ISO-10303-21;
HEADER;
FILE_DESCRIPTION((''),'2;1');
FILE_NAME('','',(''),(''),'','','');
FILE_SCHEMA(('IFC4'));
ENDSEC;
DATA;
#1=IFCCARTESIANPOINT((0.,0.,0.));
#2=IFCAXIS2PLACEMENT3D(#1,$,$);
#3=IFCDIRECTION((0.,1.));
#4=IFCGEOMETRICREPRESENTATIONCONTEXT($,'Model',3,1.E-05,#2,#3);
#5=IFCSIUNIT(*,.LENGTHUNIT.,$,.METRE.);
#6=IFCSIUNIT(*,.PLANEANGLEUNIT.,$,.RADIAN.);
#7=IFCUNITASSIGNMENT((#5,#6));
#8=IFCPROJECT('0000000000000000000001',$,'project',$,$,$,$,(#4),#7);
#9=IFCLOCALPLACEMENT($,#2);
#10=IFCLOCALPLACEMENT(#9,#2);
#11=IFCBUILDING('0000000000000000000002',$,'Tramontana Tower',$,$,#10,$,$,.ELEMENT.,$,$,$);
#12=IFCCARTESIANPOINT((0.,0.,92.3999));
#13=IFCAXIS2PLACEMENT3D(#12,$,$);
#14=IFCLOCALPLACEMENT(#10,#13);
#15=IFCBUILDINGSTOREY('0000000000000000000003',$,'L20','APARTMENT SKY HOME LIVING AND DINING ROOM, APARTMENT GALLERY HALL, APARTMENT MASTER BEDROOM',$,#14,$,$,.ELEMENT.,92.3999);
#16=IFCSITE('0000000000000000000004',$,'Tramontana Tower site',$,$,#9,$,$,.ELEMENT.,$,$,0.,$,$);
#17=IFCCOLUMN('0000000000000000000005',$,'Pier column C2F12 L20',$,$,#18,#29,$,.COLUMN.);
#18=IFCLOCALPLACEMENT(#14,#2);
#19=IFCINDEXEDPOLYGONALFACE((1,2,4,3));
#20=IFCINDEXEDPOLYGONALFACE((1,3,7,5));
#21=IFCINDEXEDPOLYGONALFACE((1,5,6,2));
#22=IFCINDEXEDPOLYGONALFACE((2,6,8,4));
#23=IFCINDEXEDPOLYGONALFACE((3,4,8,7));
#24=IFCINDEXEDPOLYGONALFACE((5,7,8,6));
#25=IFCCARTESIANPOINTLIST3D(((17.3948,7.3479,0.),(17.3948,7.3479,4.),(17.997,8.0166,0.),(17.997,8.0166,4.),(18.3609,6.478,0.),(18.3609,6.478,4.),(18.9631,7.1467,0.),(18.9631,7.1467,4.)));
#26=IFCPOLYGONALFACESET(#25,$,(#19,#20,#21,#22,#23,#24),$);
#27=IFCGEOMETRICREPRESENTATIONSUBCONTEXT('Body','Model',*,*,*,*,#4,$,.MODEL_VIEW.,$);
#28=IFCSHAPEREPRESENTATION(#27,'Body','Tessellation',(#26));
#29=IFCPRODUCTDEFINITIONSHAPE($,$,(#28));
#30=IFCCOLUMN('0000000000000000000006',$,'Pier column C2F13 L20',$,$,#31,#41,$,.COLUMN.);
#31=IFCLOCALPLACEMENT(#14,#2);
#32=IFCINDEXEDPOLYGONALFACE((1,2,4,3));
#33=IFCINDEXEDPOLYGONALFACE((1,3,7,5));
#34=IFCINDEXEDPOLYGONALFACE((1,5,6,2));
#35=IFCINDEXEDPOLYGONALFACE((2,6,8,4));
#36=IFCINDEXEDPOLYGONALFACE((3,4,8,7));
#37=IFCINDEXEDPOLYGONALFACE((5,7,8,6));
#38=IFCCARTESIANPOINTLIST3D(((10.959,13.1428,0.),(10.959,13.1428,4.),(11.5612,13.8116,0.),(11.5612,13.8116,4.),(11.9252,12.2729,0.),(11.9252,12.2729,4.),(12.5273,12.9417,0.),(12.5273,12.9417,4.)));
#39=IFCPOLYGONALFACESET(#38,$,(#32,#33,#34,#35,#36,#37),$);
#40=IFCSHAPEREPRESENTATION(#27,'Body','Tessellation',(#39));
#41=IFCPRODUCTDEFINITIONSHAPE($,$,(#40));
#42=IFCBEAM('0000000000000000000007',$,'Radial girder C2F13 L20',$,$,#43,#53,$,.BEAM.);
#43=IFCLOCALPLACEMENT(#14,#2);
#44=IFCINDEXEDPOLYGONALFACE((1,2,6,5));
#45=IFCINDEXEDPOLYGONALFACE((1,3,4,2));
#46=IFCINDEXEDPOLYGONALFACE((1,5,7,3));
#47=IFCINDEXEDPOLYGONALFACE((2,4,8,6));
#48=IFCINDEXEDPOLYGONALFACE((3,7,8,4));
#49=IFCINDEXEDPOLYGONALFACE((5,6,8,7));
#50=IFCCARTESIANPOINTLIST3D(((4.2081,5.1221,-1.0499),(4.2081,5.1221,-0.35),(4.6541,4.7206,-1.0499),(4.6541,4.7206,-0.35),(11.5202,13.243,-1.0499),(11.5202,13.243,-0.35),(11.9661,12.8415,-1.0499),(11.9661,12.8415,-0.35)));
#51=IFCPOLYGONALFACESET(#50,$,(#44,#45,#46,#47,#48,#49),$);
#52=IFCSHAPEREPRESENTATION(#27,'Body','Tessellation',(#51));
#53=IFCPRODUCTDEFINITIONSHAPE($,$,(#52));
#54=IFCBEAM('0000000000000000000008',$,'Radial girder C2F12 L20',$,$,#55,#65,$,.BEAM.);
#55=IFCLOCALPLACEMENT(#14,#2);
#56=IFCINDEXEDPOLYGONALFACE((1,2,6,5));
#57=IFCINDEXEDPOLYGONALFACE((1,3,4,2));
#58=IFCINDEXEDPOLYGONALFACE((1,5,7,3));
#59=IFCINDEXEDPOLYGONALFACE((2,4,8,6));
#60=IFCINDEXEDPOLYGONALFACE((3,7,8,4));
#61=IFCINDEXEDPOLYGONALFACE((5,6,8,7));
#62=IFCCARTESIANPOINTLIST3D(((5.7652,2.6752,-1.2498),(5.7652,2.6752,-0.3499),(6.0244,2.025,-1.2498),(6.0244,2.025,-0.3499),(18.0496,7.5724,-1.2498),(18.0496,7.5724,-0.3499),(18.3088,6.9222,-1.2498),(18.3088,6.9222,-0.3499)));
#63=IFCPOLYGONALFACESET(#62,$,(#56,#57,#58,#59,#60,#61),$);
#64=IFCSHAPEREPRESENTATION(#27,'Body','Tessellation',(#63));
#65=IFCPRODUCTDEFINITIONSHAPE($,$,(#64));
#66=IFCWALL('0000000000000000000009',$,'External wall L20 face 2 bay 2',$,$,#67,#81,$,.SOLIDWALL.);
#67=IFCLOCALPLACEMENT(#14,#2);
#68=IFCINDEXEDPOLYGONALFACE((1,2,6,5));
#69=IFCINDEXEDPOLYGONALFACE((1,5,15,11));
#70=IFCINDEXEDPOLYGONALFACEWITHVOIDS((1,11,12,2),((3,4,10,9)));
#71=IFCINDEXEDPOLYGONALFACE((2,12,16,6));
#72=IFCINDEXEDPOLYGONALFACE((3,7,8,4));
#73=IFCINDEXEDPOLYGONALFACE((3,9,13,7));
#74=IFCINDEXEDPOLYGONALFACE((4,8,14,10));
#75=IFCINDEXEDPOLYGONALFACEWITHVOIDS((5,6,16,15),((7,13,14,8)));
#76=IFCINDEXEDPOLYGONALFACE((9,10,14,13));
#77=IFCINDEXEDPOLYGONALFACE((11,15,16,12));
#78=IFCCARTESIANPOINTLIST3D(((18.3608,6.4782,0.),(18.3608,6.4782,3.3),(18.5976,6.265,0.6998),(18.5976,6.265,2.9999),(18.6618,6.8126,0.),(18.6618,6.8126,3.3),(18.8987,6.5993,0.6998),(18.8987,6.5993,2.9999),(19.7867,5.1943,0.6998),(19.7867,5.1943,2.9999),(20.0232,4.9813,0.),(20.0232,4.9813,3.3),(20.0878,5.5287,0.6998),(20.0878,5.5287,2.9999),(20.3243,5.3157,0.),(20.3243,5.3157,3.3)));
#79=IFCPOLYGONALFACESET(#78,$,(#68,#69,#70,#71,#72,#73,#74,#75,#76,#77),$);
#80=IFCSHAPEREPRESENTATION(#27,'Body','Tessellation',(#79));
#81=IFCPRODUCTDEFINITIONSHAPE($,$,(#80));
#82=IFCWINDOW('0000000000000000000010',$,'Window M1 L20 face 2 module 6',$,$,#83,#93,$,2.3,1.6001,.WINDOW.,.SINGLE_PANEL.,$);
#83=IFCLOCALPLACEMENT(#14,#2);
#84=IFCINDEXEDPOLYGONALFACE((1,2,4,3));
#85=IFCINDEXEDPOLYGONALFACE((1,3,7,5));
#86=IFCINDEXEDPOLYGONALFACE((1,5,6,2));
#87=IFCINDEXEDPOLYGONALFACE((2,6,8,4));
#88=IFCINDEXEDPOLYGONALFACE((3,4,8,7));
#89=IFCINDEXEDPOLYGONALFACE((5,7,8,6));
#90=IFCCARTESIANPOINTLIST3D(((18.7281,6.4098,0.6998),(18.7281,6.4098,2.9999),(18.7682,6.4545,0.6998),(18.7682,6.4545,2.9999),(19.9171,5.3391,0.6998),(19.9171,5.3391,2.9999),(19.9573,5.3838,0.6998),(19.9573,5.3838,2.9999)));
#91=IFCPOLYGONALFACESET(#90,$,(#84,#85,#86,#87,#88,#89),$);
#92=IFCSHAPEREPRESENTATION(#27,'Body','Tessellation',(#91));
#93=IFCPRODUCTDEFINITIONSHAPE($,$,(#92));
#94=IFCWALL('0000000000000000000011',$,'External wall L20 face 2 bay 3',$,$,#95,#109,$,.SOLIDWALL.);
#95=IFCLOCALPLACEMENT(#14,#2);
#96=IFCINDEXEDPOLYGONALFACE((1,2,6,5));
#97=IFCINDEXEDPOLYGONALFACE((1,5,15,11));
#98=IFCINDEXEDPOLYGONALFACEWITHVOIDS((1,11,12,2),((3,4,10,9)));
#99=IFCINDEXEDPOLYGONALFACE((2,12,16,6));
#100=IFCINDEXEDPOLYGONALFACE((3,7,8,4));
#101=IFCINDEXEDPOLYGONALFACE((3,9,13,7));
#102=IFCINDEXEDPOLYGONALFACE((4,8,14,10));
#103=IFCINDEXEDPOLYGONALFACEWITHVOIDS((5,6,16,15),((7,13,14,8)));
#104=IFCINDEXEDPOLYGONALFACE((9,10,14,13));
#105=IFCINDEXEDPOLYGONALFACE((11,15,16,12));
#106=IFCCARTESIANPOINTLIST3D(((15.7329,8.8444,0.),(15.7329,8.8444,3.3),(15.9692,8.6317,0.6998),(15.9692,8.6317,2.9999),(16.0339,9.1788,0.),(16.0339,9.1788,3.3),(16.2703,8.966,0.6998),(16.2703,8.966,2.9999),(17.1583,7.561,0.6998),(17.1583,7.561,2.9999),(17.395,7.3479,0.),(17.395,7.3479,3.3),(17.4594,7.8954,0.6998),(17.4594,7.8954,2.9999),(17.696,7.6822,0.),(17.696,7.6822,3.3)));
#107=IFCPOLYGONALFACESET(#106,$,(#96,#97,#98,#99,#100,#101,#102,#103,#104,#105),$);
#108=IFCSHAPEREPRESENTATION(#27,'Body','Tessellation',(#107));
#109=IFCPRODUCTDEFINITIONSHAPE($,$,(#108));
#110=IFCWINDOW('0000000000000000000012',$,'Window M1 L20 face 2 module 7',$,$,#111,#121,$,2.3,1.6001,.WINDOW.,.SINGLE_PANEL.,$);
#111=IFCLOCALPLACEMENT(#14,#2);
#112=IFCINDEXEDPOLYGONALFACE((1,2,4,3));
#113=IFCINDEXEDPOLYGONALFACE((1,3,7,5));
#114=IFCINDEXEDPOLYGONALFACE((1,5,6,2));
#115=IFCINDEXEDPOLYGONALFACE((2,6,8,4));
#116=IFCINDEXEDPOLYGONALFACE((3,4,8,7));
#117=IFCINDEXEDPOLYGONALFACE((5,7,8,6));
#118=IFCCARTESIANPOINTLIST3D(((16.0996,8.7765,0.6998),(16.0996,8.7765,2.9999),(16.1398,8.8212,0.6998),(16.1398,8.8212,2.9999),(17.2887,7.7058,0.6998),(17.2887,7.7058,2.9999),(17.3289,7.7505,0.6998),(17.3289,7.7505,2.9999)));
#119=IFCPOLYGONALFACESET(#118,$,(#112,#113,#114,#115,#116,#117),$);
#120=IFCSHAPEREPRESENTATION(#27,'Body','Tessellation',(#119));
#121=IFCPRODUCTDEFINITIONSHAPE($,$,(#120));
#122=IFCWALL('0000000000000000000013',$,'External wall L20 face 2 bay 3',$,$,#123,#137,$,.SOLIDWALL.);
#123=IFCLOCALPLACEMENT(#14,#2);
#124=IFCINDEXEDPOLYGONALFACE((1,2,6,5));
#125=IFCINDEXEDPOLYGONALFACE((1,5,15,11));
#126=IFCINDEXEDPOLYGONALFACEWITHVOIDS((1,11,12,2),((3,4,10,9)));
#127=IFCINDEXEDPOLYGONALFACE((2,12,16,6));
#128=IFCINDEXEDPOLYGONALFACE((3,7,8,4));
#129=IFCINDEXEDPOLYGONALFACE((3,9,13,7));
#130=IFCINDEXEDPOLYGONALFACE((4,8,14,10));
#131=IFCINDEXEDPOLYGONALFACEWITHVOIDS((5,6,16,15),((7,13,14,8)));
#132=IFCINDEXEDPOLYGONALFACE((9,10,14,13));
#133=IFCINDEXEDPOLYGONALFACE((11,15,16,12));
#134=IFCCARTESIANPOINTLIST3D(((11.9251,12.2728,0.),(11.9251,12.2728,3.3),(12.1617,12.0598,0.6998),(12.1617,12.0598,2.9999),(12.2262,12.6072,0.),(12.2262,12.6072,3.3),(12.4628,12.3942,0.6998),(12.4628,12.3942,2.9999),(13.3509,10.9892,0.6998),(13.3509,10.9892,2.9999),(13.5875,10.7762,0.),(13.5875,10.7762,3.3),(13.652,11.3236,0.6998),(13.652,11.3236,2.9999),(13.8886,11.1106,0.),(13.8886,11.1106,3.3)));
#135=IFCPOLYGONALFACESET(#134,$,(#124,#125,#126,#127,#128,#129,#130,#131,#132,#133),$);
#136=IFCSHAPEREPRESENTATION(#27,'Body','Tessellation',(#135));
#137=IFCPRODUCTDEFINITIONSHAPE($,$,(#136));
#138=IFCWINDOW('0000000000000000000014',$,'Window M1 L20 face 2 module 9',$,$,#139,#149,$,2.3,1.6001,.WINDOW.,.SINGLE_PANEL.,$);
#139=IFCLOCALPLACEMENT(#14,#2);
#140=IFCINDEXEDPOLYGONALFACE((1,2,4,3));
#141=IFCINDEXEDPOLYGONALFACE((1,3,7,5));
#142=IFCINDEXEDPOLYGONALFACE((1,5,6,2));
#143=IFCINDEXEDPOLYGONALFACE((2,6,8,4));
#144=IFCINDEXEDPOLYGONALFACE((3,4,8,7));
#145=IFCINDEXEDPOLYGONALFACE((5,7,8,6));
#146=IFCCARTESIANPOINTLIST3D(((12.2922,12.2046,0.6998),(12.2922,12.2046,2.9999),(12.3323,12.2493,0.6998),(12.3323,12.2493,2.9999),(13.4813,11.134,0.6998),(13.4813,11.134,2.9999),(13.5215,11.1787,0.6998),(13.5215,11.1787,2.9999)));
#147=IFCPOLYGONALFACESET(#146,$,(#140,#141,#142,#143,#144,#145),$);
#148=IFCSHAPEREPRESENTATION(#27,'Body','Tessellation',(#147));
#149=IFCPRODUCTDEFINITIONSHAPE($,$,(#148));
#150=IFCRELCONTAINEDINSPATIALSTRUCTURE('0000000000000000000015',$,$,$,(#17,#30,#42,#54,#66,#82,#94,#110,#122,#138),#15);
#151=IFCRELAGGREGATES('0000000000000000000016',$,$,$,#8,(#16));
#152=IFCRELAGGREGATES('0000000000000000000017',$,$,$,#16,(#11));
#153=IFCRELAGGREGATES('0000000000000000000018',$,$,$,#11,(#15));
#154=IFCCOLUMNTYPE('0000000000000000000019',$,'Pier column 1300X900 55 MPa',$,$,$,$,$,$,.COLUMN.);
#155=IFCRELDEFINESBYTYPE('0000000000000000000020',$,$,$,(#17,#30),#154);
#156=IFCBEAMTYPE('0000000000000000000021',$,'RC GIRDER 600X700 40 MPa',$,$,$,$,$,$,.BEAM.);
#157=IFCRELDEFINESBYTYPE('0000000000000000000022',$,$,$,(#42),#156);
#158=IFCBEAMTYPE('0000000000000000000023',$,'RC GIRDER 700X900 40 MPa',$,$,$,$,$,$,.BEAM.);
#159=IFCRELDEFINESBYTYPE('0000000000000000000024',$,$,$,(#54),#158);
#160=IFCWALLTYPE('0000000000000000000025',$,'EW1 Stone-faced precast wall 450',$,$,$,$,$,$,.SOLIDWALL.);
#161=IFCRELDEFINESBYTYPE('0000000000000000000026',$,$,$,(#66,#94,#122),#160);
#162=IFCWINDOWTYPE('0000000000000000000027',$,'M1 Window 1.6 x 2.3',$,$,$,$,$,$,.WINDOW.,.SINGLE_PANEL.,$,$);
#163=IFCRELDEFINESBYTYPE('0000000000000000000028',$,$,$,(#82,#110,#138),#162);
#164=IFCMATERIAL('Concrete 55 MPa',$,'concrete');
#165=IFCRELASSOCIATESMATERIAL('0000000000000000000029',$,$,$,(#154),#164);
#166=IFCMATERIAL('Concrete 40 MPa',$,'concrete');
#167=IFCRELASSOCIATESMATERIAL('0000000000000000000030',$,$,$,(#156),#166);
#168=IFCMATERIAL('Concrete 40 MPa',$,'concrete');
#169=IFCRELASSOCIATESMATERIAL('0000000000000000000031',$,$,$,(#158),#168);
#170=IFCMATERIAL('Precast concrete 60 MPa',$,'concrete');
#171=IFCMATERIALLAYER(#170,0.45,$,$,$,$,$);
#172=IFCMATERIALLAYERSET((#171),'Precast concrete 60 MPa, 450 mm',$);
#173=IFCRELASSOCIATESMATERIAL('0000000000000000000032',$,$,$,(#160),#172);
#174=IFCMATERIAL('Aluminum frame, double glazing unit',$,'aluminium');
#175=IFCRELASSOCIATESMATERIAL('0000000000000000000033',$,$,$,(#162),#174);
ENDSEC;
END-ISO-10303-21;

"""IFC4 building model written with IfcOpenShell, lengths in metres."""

from ifc_helpers import new_model, si_unit, direction, frame, frame_2d, origin, origin_2d, place, context, subcontext, project, spatial, rectangle, extrude, material, layer, layer_set, material_profile, profile_set, type_object, element, fill, save


model = new_model("IFC4")

# Units and contexts
model_context = context("Model", 3, precision=1e-05, world=origin(), true_north=direction((0.0, 1.0)))
body_context = subcontext(model_context, "Body", "Model", "MODEL_VIEW")
ifc_project = project(units=[si_unit("LENGTHUNIT", "METRE"), si_unit("PLANEANGLEUNIT", "RADIAN")], contexts=[model_context])

# Site, building, storey
site_placement = place(None, origin())
site = spatial("IfcSite", under=ifc_project, at=site_placement, Name="Tramontana Tower site", CompositionType="ELEMENT", RefElevation=0.0)
building_placement = place(site_placement, origin())
building = spatial("IfcBuilding", under=site, at=building_placement, Name="Tramontana Tower", CompositionType="ELEMENT")
storey_placement = place(building_placement, frame((0.0, 0.0, 92.3999)))
storey = spatial("IfcBuildingStorey", under=building, at=storey_placement, Name="L20", Description="APARTMENT SKY HOME LIVING AND DINING ROOM, APARTMENT GALLERY HALL, APARTMENT MASTER BEDROOM", CompositionType="ELEMENT", Elevation=92.3999)

# Columns
ifc_material_1 = material(Name="Concrete 55 MPa", Category="concrete")
ifc_material_profile_1 = material_profile(ifc_material_1, rectangle(XDim=1.3, YDim=0.8999, at=origin_2d()), Name="Pier column 1300X900 55 MPa")
ifc_profile_set_1 = profile_set([ifc_material_profile_1], Name="Concrete 55 MPa")
column_type = type_object("IfcColumnType", Name="Pier column 1300X900 55 MPa", PredefinedType="COLUMN", material=ifc_profile_set_1)
for number, where, z_axis, x_axis, name in (
    (1, (18.179, 7.2473, 0.0), (0.0, 0.0, 1.0), (-0.743145, 0.669131, 0.0), "Pier column C2F12 L20"),
    (2, (11.7432, 13.0422, 0.0), (0.0, 0.0, 1.0), (-0.743145, 0.669131, 0.0), "Pier column C2F13 L20"),
):
    element("IfcColumn", number, at=place(storey_placement, frame(where, z_axis=z_axis, x_axis=x_axis)), inside=storey, type_object=column_type, Name=name, PredefinedType="COLUMN", context=body_context, shape_type="SweptSolid", body=[
        extrude(rectangle(XDim=1.3, YDim=0.8999, at=origin_2d()), origin(), (0.0, 0.0, 1.0), 4.0),
    ])

# Beams
ifc_material_2 = material(Name="Concrete 40 MPa", Category="concrete")
ifc_material_profile_2 = material_profile(ifc_material_2, rectangle(XDim=0.6001, YDim=0.7, at=origin_2d()), Name="RC GIRDER 600X700 40 MPa")
ifc_profile_set_2 = profile_set([ifc_material_profile_2], Name="Concrete 40 MPa")
beam_type_1 = type_object("IfcBeamType", Name="RC GIRDER 600X700 40 MPa", PredefinedType="BEAM", material=ifc_profile_set_2)
beam_1_placement = place(storey_placement, frame((11.7432, 13.0422, -0.7), z_axis=(-0.669129, -0.743146, 0.0), x_axis=(0.743146, -0.669129, 0.0)))
element("IfcBeam", 3, at=beam_1_placement, inside=storey, type_object=beam_type_1, Name="Radial girder C2F13 L20", PredefinedType="BEAM", context=body_context, shape_type="SweptSolid", body=[
    extrude(rectangle(XDim=0.6001, YDim=0.7, at=origin_2d()), origin(), (0.0, 0.0, 1.0), 10.9277),
])
ifc_material_3 = material(Name="Concrete 40 MPa", Category="concrete")
ifc_material_profile_3 = material_profile(ifc_material_3, rectangle(XDim=0.7, YDim=0.8999, at=origin_2d()), Name="RC GIRDER 700X900 40 MPa")
ifc_profile_set_3 = profile_set([ifc_material_profile_3], Name="Concrete 40 MPa")
beam_type_2 = type_object("IfcBeamType", Name="RC GIRDER 700X900 40 MPa", PredefinedType="BEAM", material=ifc_profile_set_3)
beam_2_placement = place(storey_placement, frame((18.1792, 7.2473, -0.7998), z_axis=(-0.928908, -0.370311, 0.0), x_axis=(0.370311, -0.928908, 0.0)))
element("IfcBeam", 4, at=beam_2_placement, inside=storey, type_object=beam_type_2, Name="Radial girder C2F12 L20", PredefinedType="BEAM", context=body_context, shape_type="SweptSolid", body=[
    extrude(rectangle(XDim=0.7, YDim=0.8999, at=origin_2d()), origin(), (0.0, 0.0, 1.0), 13.2246),
])

# Walls, openings, windows
ifc_material_4 = material(Name="Precast concrete 60 MPa", Category="concrete")
ifc_layer_1 = layer(ifc_material_4, 0.45)
ifc_layer_set_1 = layer_set([ifc_layer_1], Name="Precast concrete 60 MPa, 450 mm")
wall_type_1 = type_object("IfcWallType", Name="EW1 Stone-faced precast wall 450", PredefinedType="SOLIDWALL", material=ifc_layer_set_1)
wall_1_placement = place(storey_placement, frame((20.1738, 5.1484, 0.0), z_axis=(0.0, 0.0, 1.0), x_axis=(-0.743137, 0.66914, 0.0)))
wall_1 = element("IfcWall", 5, at=wall_1_placement, inside=storey, type_object=wall_type_1, Name="External wall L20 face 2 bay 2", PredefinedType="SOLIDWALL", context=body_context, shape_type="SweptSolid", body=[
    extrude(rectangle(XDim=2.2371, YDim=0.45, at=frame_2d((1.1187, 0.0))), origin(), (0.0, 0.0, 1.0), 3.3),
])
opening_1_placement = place(wall_1_placement, frame((0.3184, 0.0, 0.7)))
opening_1 = element("IfcOpeningElement", 6, at=opening_1_placement, cuts=wall_1, PredefinedType="OPENING", context=body_context, shape_type="SweptSolid", body=[
    extrude(rectangle(XDim=1.6001, YDim=2.3, at=frame_2d((0.8, 1.1499))), frame((0.0, 0.2349, 0.0), z_axis=(0.0, -1.0, 0.0), x_axis=(1.0, 0.0, 0.0)), (0.0, 0.0, 1.0), 0.47),
])
ifc_material_5 = material(Name="Aluminum frame, double glazing unit", Category="aluminium")
window_type = type_object("IfcWindowType", Name="M1 Window 1.6 x 2.3", PartitioningType="SINGLE_PANEL", PredefinedType="WINDOW", material=ifc_material_5)
window_1_placement = place(opening_1_placement, origin())
window_1 = element("IfcWindow", 7, at=window_1_placement, inside=storey, type_object=window_type, Name="Window M1 L20 face 2 module 6", OverallHeight=2.3, OverallWidth=1.6001, PartitioningType="SINGLE_PANEL", PredefinedType="WINDOW", context=body_context, shape_type="SweptSolid", body=[
    extrude(rectangle(XDim=1.6001, YDim=2.3, at=frame_2d((0.8, 1.1499))), frame((0.0, 0.03, 0.0), z_axis=(0.0, -1.0, 0.0), x_axis=(1.0, 0.0, 0.0)), (0.0, 0.0, 1.0), 0.0601),
])
fill(opening_1, window_1)
wall_2_placement = place(storey_placement, frame((17.5454, 7.5151, 0.0), z_axis=(0.0, 0.0, 1.0), x_axis=(-0.743142, 0.669134, 0.0)))
wall_2 = element("IfcWall", 8, at=wall_2_placement, inside=storey, type_object=wall_type_1, Name="External wall L20 face 2 bay 3", PredefinedType="SOLIDWALL", context=body_context, shape_type="SweptSolid", body=[
    extrude(rectangle(XDim=2.2366, YDim=0.45, at=frame_2d((1.1182, 0.0))), origin(), (0.0, 0.0, 1.0), 3.3),
])
opening_2_placement = place(wall_2_placement, frame((0.3184, 0.0, 0.7)))
opening_2 = element("IfcOpeningElement", 9, at=opening_2_placement, cuts=wall_2, PredefinedType="OPENING", context=body_context, shape_type="SweptSolid", body=[
    extrude(rectangle(XDim=1.6001, YDim=2.3, at=frame_2d((0.8, 1.1499))), frame((0.0, 0.2349, 0.0), z_axis=(0.0, -1.0, 0.0), x_axis=(1.0, 0.0, 0.0)), (0.0, 0.0, 1.0), 0.47),
])
window_2_placement = place(opening_2_placement, origin())
window_2 = element("IfcWindow", 10, at=window_2_placement, inside=storey, type_object=window_type, Name="Window M1 L20 face 2 module 7", OverallHeight=2.3, OverallWidth=1.6001, PartitioningType="SINGLE_PANEL", PredefinedType="WINDOW", context=body_context, shape_type="SweptSolid", body=[
    extrude(rectangle(XDim=1.6001, YDim=2.3, at=frame_2d((0.8, 1.1499))), frame((0.0, 0.03, 0.0), z_axis=(0.0, -1.0, 0.0), x_axis=(1.0, 0.0, 0.0)), (0.0, 0.0, 1.0), 0.0601),
])
fill(opening_2, window_2)
wall_3_placement = place(storey_placement, frame((13.738, 10.9434, 0.0), z_axis=(0.0, 0.0, 1.0), x_axis=(-0.743191, 0.669079, 0.0)))
wall_3 = element("IfcWall", 11, at=wall_3_placement, inside=storey, type_object=wall_type_1, Name="External wall L20 face 2 bay 3", PredefinedType="SOLIDWALL", context=body_context, shape_type="SweptSolid", body=[
    extrude(rectangle(XDim=2.2368, YDim=0.45, at=frame_2d((1.1184, 0.0))), origin(), (0.0, 0.0, 1.0), 3.3),
])
opening_3_placement = place(wall_3_placement, frame((0.3184, 0.0, 0.7)))
opening_3 = element("IfcOpeningElement", 12, at=opening_3_placement, cuts=wall_3, PredefinedType="OPENING", context=body_context, shape_type="SweptSolid", body=[
    extrude(rectangle(XDim=1.6001, YDim=2.3, at=frame_2d((0.8, 1.1499))), frame((0.0, 0.2349, 0.0), z_axis=(0.0, -1.0, 0.0), x_axis=(1.0, 0.0, 0.0)), (0.0, 0.0, 1.0), 0.47),
])
window_3_placement = place(opening_3_placement, origin())
window_3 = element("IfcWindow", 13, at=window_3_placement, inside=storey, type_object=window_type, Name="Window M1 L20 face 2 module 9", OverallHeight=2.3, OverallWidth=1.6001, PartitioningType="SINGLE_PANEL", PredefinedType="WINDOW", context=body_context, shape_type="SweptSolid", body=[
    extrude(rectangle(XDim=1.6001, YDim=2.3, at=frame_2d((0.8, 1.1499))), frame((0.0, 0.03, 0.0), z_axis=(0.0, -1.0, 0.0), x_axis=(1.0, 0.0, 0.0)), (0.0, 0.0, 1.0), 0.0601),
])
fill(opening_3, window_3)

save(model, "model.ifc")
